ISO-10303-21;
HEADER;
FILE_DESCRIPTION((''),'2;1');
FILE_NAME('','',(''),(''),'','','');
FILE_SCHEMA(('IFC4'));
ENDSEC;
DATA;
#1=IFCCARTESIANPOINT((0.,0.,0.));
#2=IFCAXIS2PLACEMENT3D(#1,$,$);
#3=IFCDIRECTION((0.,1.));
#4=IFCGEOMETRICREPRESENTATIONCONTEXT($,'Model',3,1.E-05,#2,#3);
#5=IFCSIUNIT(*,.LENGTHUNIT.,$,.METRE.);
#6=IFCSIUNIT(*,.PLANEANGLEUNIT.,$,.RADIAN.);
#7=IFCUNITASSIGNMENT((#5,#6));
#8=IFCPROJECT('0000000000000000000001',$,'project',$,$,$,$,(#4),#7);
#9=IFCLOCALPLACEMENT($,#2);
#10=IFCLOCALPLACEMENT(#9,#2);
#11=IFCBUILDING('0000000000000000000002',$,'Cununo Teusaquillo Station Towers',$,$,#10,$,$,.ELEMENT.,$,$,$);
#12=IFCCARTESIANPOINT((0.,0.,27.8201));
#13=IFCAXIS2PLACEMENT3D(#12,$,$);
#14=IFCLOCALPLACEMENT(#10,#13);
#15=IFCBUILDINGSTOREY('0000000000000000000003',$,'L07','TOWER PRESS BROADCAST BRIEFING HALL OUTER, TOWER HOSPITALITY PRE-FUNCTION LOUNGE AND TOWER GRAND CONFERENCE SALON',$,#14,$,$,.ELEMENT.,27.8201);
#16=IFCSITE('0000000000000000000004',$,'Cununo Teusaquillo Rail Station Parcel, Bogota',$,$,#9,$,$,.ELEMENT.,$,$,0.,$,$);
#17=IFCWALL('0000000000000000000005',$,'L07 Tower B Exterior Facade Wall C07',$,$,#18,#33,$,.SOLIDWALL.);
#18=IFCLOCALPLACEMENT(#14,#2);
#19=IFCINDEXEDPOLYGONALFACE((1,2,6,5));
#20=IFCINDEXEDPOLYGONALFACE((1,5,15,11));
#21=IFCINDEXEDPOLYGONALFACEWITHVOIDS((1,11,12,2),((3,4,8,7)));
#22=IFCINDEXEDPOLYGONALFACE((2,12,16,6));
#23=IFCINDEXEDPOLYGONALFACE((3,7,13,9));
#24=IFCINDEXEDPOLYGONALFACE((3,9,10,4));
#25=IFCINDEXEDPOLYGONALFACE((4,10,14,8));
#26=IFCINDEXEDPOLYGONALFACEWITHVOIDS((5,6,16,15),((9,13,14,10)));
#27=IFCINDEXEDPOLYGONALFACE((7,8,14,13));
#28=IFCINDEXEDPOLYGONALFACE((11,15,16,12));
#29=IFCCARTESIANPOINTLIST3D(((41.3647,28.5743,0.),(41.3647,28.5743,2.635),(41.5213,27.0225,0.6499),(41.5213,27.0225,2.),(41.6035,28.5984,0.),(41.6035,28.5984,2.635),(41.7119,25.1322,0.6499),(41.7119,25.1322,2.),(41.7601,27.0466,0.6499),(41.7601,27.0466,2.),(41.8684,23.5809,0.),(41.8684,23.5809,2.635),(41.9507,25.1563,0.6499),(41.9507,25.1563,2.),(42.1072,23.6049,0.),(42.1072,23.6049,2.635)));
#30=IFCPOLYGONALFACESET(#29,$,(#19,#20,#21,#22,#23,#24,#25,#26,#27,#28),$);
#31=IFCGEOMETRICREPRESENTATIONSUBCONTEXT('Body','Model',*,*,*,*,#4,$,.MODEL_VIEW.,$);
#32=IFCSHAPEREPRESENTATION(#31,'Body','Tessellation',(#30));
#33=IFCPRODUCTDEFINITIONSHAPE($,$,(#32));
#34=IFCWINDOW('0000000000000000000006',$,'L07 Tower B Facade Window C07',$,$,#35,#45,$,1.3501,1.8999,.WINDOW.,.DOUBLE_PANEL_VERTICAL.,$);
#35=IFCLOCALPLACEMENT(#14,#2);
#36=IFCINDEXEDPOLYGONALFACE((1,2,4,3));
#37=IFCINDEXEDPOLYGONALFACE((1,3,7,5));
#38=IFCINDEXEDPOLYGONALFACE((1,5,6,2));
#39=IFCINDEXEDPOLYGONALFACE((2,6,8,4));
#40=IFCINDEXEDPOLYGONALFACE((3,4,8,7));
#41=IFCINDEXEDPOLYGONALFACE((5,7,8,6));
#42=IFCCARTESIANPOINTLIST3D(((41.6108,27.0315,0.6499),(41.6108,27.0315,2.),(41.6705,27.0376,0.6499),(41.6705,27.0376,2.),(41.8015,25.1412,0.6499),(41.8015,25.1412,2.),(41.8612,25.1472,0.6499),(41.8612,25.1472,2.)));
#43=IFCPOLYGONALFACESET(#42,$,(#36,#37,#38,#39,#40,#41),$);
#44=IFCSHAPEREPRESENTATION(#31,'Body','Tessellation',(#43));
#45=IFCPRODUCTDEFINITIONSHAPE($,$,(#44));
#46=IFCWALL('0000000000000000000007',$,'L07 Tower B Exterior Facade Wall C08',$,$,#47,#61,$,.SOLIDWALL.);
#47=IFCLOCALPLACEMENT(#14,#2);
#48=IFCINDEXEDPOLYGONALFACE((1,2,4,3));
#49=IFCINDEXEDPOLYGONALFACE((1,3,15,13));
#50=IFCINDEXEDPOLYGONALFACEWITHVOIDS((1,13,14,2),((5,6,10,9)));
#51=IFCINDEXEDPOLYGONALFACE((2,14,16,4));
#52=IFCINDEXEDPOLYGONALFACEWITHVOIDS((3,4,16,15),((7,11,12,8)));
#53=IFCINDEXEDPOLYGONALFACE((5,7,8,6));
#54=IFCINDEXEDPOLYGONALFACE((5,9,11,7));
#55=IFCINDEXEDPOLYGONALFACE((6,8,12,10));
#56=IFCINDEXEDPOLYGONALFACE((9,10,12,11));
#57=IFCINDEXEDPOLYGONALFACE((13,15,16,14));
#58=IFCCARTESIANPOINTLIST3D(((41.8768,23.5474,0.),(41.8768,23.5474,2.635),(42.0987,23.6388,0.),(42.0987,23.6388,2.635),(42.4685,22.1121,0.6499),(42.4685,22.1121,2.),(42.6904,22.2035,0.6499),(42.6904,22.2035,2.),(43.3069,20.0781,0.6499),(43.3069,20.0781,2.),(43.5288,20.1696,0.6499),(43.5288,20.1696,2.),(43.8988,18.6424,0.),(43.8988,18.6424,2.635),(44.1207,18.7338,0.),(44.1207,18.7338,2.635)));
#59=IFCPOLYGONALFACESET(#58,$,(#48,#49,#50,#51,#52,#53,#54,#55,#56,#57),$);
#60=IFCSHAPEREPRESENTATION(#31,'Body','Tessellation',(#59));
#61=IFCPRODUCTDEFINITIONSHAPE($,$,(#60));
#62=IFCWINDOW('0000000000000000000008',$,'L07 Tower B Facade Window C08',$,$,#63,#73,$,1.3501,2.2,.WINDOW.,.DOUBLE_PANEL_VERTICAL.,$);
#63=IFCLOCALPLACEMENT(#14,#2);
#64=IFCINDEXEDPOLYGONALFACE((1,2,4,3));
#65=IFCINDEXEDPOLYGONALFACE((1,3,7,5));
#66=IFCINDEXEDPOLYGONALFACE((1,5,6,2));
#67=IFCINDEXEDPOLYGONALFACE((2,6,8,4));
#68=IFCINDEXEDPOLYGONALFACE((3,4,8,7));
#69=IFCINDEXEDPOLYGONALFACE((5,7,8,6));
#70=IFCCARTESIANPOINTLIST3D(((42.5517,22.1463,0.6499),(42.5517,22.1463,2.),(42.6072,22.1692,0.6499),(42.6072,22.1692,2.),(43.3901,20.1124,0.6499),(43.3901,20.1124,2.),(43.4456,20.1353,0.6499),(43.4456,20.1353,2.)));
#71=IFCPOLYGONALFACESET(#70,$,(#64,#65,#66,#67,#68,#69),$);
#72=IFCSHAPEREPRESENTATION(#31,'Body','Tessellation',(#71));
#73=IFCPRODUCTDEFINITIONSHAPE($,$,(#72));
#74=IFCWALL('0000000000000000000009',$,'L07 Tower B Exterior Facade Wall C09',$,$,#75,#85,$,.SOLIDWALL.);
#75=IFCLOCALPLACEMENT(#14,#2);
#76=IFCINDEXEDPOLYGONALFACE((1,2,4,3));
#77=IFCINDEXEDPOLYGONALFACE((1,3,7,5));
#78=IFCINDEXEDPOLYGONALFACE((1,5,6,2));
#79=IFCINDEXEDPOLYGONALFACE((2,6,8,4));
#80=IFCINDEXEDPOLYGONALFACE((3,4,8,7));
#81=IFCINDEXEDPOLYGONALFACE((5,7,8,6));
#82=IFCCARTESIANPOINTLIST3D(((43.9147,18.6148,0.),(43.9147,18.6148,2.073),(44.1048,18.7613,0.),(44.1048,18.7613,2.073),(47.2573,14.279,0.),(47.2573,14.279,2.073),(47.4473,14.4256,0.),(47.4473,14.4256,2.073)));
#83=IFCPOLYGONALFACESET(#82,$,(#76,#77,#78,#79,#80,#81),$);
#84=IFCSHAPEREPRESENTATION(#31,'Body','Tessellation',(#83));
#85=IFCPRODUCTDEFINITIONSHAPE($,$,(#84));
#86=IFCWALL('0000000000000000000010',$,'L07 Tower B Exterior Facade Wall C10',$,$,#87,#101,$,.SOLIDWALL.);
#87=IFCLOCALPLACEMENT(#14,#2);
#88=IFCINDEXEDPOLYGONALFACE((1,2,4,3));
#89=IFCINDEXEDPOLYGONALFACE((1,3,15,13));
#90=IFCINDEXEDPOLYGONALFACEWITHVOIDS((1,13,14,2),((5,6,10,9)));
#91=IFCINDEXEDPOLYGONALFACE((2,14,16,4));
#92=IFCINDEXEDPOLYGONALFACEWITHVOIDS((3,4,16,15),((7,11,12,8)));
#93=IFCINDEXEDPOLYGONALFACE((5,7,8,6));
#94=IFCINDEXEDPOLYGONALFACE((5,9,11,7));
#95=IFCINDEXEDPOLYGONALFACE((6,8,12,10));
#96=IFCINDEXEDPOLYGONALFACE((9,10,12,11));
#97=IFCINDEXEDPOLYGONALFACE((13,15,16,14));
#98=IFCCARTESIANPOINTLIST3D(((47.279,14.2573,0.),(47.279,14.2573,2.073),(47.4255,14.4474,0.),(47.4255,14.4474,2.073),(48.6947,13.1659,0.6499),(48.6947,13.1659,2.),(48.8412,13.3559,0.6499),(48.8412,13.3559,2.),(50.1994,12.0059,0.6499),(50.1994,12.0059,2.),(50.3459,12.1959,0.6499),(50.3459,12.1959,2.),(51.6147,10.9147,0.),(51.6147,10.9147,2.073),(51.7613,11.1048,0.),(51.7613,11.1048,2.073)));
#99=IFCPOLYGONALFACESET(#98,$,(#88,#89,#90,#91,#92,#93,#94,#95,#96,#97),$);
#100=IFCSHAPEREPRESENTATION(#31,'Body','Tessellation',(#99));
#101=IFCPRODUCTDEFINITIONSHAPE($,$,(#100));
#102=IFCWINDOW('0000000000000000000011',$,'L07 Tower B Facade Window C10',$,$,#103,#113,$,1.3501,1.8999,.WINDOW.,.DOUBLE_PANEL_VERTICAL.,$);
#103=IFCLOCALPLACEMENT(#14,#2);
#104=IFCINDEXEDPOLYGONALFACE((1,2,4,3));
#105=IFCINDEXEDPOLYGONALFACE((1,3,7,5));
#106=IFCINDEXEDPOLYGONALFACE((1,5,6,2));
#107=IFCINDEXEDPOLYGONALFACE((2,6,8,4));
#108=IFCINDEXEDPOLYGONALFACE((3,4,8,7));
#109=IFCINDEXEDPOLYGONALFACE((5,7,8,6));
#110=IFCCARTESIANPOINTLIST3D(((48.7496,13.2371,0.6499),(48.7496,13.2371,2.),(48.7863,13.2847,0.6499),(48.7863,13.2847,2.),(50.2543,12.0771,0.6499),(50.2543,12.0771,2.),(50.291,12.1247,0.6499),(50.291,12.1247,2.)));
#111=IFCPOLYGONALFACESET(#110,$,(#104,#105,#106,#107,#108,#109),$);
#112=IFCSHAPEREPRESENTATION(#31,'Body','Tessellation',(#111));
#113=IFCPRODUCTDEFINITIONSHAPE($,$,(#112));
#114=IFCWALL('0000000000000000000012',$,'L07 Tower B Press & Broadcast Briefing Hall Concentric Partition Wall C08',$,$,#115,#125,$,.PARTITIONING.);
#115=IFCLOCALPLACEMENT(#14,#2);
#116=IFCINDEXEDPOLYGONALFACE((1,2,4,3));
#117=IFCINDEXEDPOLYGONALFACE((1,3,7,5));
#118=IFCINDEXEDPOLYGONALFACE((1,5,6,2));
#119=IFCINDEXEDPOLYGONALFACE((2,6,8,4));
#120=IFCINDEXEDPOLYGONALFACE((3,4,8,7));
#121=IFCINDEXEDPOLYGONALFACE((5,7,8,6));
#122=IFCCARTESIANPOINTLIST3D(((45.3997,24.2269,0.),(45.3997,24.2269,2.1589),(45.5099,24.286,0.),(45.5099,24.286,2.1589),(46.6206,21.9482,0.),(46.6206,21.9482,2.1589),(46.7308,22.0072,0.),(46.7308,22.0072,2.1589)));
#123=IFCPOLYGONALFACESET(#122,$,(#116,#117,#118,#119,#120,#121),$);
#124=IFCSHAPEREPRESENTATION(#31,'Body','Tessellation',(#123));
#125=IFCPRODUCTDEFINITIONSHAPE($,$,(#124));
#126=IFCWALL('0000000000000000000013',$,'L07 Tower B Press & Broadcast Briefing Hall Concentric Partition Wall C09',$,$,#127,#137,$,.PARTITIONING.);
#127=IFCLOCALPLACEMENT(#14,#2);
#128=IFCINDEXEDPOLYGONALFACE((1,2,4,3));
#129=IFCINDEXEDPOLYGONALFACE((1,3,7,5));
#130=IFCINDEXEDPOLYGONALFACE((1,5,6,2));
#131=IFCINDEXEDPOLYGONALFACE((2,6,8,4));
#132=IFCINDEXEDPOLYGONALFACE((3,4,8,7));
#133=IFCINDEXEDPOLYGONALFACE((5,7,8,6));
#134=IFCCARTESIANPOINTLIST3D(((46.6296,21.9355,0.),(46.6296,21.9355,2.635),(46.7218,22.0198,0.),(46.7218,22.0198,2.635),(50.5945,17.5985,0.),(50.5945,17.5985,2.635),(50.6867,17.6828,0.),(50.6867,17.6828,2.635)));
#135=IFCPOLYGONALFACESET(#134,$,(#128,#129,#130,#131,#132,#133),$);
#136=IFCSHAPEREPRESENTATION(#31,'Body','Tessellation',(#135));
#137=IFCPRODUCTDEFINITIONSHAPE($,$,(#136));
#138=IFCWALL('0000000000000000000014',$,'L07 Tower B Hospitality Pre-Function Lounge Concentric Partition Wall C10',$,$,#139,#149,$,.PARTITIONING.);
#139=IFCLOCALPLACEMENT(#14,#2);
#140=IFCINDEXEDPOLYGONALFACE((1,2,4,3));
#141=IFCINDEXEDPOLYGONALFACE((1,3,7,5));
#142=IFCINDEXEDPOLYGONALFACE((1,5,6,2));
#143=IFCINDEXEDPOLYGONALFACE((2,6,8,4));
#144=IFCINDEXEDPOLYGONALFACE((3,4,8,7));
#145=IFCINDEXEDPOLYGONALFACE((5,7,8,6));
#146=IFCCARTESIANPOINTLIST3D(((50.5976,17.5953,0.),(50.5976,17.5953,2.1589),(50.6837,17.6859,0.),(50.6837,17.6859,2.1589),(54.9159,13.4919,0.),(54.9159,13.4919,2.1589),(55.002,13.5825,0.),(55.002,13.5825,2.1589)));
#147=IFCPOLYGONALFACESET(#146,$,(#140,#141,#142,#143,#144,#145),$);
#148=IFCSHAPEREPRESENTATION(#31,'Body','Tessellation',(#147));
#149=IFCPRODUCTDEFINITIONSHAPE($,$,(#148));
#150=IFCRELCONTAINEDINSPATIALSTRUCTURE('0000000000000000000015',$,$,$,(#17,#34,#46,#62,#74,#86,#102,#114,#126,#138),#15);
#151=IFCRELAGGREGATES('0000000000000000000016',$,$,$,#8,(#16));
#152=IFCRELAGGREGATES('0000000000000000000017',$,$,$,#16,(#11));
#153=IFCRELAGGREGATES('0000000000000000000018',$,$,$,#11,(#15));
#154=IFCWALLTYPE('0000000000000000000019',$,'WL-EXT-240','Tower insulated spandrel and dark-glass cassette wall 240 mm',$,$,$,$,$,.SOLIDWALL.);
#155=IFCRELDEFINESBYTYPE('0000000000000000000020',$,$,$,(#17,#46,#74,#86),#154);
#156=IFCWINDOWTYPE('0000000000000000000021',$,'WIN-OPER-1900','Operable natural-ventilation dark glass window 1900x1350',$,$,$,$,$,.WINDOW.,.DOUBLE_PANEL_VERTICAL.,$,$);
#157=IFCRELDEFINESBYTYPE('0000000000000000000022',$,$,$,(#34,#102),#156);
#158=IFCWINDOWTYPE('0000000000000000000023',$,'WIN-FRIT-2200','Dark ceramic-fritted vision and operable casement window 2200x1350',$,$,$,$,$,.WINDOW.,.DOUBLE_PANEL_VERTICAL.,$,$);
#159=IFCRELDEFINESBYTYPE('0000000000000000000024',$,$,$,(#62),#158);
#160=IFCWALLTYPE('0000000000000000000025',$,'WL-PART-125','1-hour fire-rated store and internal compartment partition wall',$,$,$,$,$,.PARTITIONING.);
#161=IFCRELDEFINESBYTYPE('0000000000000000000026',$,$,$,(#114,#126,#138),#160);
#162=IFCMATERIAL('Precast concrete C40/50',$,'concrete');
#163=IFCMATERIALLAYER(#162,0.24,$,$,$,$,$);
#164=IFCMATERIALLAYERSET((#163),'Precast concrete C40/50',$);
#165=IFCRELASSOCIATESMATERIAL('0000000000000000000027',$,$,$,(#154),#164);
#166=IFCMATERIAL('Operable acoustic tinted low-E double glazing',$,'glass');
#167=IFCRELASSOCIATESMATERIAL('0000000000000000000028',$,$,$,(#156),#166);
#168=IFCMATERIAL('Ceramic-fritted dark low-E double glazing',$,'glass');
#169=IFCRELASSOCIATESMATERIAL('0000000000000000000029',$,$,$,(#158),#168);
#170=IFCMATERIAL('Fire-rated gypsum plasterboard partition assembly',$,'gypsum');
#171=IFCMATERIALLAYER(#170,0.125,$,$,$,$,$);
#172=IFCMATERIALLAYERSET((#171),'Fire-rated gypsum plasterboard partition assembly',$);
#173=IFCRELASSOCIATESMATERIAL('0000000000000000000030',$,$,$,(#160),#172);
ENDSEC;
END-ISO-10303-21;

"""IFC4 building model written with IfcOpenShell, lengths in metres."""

from ifc_helpers import new_model, si_unit, direction, frame, frame_2d, origin, place, context, subcontext, project, spatial, rectangle, extrude, source, transform, mapped, material, layer, layer_set, type_object, element, fill, save


model = new_model("IFC4")

# Units and contexts
model_context = context("Model", 3, precision=1e-05, world=origin(), true_north=direction((0.0, 1.0)))
body_context = subcontext(model_context, "Body", "Model", "MODEL_VIEW")
ifc_project = project(units=[si_unit("LENGTHUNIT", "METRE"), si_unit("PLANEANGLEUNIT", "RADIAN")], contexts=[model_context])

# Site, building, storey
site_placement = place(None, origin())
site = spatial("IfcSite", under=ifc_project, at=site_placement, Name="Cununo Teusaquillo Rail Station Parcel, Bogota", CompositionType="ELEMENT", RefElevation=0.0)
building_placement = place(site_placement, origin())
building = spatial("IfcBuilding", under=site, at=building_placement, Name="Cununo Teusaquillo Station Towers", CompositionType="ELEMENT")
storey_placement = place(building_placement, frame((0.0, 0.0, 27.8201)))
storey = spatial("IfcBuildingStorey", under=building, at=storey_placement, Name="L07", Description="TOWER PRESS BROADCAST BRIEFING HALL OUTER, TOWER HOSPITALITY PRE-FUNCTION LOUNGE AND TOWER GRAND CONFERENCE SALON", CompositionType="ELEMENT", Elevation=27.8201)

# Shared definitions
ifc_material_1 = material(Name="Precast concrete C40/50", Category="concrete")
ifc_layer_1 = layer(ifc_material_1, 0.24)
ifc_layer_set_1 = layer_set([ifc_layer_1], Name="Precast concrete C40/50")
wall_type_1 = type_object("IfcWallType", Name="WL-EXT-240", Description="Tower insulated spandrel and dark-glass cassette wall 240 mm", PredefinedType="SOLIDWALL", material=ifc_layer_set_1)

# Walls, openings, windows
shared_shape_1 = source(origin(), body_context, "Body", "SweptSolid", [
    extrude(rectangle(XDim=1.8999, YDim=1.3501, at=frame_2d((0.95, 0.675))), frame((0.0, 0.1299, 0.0), z_axis=(0.0, -1.0, 0.0), x_axis=(1.0, 0.0, 0.0)), (0.0, 0.0, 1.0), 0.26),
])
ifc_material_2 = material(Name="Operable acoustic tinted low-E double glazing", Category="glass")
window_type_1 = type_object("IfcWindowType", Name="WIN-OPER-1900", Description="Operable natural-ventilation dark glass window 1900x1350", PartitioningType="DOUBLE_PANEL_VERTICAL", PredefinedType="WINDOW", material=ifc_material_2)
shared_shape_2 = source(origin(), body_context, "Body", "SweptSolid", [
    extrude(rectangle(XDim=1.8999, YDim=1.3501, at=frame_2d((0.95, 0.675))), frame((0.0, 0.03, 0.0), z_axis=(0.0, -1.0, 0.0), x_axis=(1.0, 0.0, 0.0)), (0.0, 0.0, 1.0), 0.0601),
])
wall_1_placement = place(storey_placement, frame((41.9878, 23.593, 0.0), z_axis=(0.0, 0.0, 1.0), x_axis=(-0.100356, 0.994952, 0.0)))
wall_1 = element("IfcWall", 1, at=wall_1_placement, inside=storey, type_object=wall_type_1, Name="L07 Tower B Exterior Facade Wall C07", PredefinedType="SOLIDWALL", context=body_context, shape_type="SweptSolid", body=[
    extrude(rectangle(XDim=5.0188, YDim=0.24, at=frame_2d((2.5093, 0.0))), origin(), (0.0, 0.0, 1.0), 2.635),
])
opening_1_placement = place(wall_1_placement, frame((1.5591, 0.0, 0.6499)))
opening_1 = element("IfcOpeningElement", 2, at=opening_1_placement, cuts=wall_1, PredefinedType="OPENING", context=body_context, shape_type="MappedRepresentation", body=[
    mapped(shared_shape_1, transform((0.0, 0.0, 0.0), x_axis=(1.0, 0.0, 0.0), y_axis=(0.0, 1.0, 0.0), z_axis=(0.0, 0.0, 1.0), scale=1.0)),
])
window_1_placement = place(opening_1_placement, origin())
window_1 = element("IfcWindow", 3, at=window_1_placement, inside=storey, type_object=window_type_1, Name="L07 Tower B Facade Window C07", OverallHeight=1.3501, OverallWidth=1.8999, PartitioningType="DOUBLE_PANEL_VERTICAL", PredefinedType="WINDOW", context=body_context, shape_type="MappedRepresentation", body=[
    mapped(shared_shape_2, transform((0.0, 0.0, 0.0), x_axis=(1.0, 0.0, 0.0), y_axis=(0.0, 1.0, 0.0), z_axis=(0.0, 0.0, 1.0), scale=1.0)),
])
fill(opening_1, window_1)
wall_2_placement = place(storey_placement, frame((44.0098, 18.688, 0.0), z_axis=(0.0, 0.0, 1.0), x_axis=(-0.381113, 0.924528, 0.0)))
wall_2 = element("IfcWall", 4, at=wall_2_placement, inside=storey, type_object=wall_type_1, Name="L07 Tower B Exterior Facade Wall C08", PredefinedType="SOLIDWALL", context=body_context, shape_type="SweptSolid", body=[
    extrude(rectangle(XDim=5.3054, YDim=0.24, at=frame_2d((2.6528, 0.0))), origin(), (0.0, 0.0, 1.0), 2.635),
])
shared_shape_3 = source(origin(), body_context, "Body", "SweptSolid", [
    extrude(rectangle(XDim=2.2, YDim=1.3501, at=frame_2d((1.1001, 0.675))), frame((0.0, 0.1299, 0.0), z_axis=(0.0, -1.0, 0.0), x_axis=(1.0, 0.0, 0.0)), (0.0, 0.0, 1.0), 0.26),
])
opening_2_placement = place(wall_2_placement, frame((1.553, 0.0, 0.6499)))
opening_2 = element("IfcOpeningElement", 5, at=opening_2_placement, cuts=wall_2, PredefinedType="OPENING", context=body_context, shape_type="MappedRepresentation", body=[
    mapped(shared_shape_3, transform((0.0, 0.0, 0.0), x_axis=(1.0, 0.0, 0.0), y_axis=(0.0, 1.0, 0.0), z_axis=(0.0, 0.0, 1.0), scale=1.0)),
])
ifc_material_3 = material(Name="Ceramic-fritted dark low-E double glazing", Category="glass")
window_type_2 = type_object("IfcWindowType", Name="WIN-FRIT-2200", Description="Dark ceramic-fritted vision and operable casement window 2200x1350", PartitioningType="DOUBLE_PANEL_VERTICAL", PredefinedType="WINDOW", material=ifc_material_3)
shared_shape_4 = source(origin(), body_context, "Body", "SweptSolid", [
    extrude(rectangle(XDim=2.2, YDim=1.3501, at=frame_2d((1.1001, 0.675))), frame((0.0, 0.03, 0.0), z_axis=(0.0, -1.0, 0.0), x_axis=(1.0, 0.0, 0.0)), (0.0, 0.0, 1.0), 0.0601),
])
window_2_placement = place(opening_2_placement, origin())
window_2 = element("IfcWindow", 6, at=window_2_placement, inside=storey, type_object=window_type_2, Name="L07 Tower B Facade Window C08", OverallHeight=1.3501, OverallWidth=2.2, PartitioningType="DOUBLE_PANEL_VERTICAL", PredefinedType="WINDOW", context=body_context, shape_type="MappedRepresentation", body=[
    mapped(shared_shape_4, transform((0.0, 0.0, 0.0), x_axis=(1.0, 0.0, 0.0), y_axis=(0.0, 1.0, 0.0), z_axis=(0.0, 0.0, 1.0), scale=1.0)),
])
fill(opening_2, window_2)

# Wall
wall_3_placement = place(storey_placement, frame((47.3523, 14.3523, 0.0), z_axis=(0.0, 0.0, 1.0), x_axis=(-0.610557, 0.791972, 0.0)))
element("IfcWall", 7, at=wall_3_placement, inside=storey, type_object=wall_type_1, Name="L07 Tower B Exterior Facade Wall C09", PredefinedType="SOLIDWALL", context=body_context, shape_type="SweptSolid", body=[
    extrude(rectangle(XDim=5.4746, YDim=0.24, at=frame_2d((2.7373, 0.0))), origin(), (0.0, 0.0, 1.0), 2.073),
])

# Wall, opening, window
wall_4_placement = place(storey_placement, frame((51.688, 11.0098, 0.0), z_axis=(0.0, 0.0, 1.0), x_axis=(-0.791972, 0.610557, 0.0)))
wall_4 = element("IfcWall", 8, at=wall_4_placement, inside=storey, type_object=wall_type_1, Name="L07 Tower B Exterior Facade Wall C10", PredefinedType="SOLIDWALL", context=body_context, shape_type="SweptSolid", body=[
    extrude(rectangle(XDim=5.4746, YDim=0.24, at=frame_2d((2.7373, 0.0))), origin(), (0.0, 0.0, 1.0), 2.073),
])
opening_3_placement = place(wall_4_placement, frame((1.7871, 0.0, 0.6499)))
opening_3 = element("IfcOpeningElement", 9, at=opening_3_placement, cuts=wall_4, PredefinedType="OPENING", context=body_context, shape_type="MappedRepresentation", body=[
    mapped(shared_shape_1, transform((0.0, 0.0, 0.0), x_axis=(1.0, 0.0, 0.0), y_axis=(0.0, 1.0, 0.0), z_axis=(0.0, 0.0, 1.0), scale=1.0)),
])
window_3_placement = place(opening_3_placement, origin())
window_3 = element("IfcWindow", 10, at=window_3_placement, inside=storey, type_object=window_type_1, Name="L07 Tower B Facade Window C10", OverallHeight=1.3501, OverallWidth=1.8999, PartitioningType="DOUBLE_PANEL_VERTICAL", PredefinedType="WINDOW", context=body_context, shape_type="MappedRepresentation", body=[
    mapped(shared_shape_2, transform((0.0, 0.0, 0.0), x_axis=(1.0, 0.0, 0.0), y_axis=(0.0, 1.0, 0.0), z_axis=(0.0, 0.0, 1.0), scale=1.0)),
])
fill(opening_3, window_3)

# Walls
ifc_material_4 = material(Name="Fire-rated gypsum plasterboard partition assembly", Category="gypsum")
ifc_layer_2 = layer(ifc_material_4, 0.125)
ifc_layer_set_2 = layer_set([ifc_layer_2], Name="Fire-rated gypsum plasterboard partition assembly")
wall_type_2 = type_object("IfcWallType", Name="WL-PART-125", Description="1-hour fire-rated store and internal compartment partition wall", PredefinedType="PARTITIONING", material=ifc_layer_set_2)
wall_5_placement = place(storey_placement, frame((45.4548, 24.2563, 0.0), z_axis=(0.0, 0.0, 1.0), x_axis=(0.472269, -0.881455, 0.0)))
element("IfcWall", 11, at=wall_5_placement, inside=storey, type_object=wall_type_2, Name="L07 Tower B Press & Broadcast Briefing Hall Concentric Partition Wall C08", PredefinedType="PARTITIONING", context=body_context, shape_type="SweptSolid", body=[
    extrude(rectangle(XDim=2.5852, YDim=0.125, at=frame_2d((1.2925, 0.0))), origin(), (0.0, 0.0, 1.0), 2.1589),
])
wall_6_placement = place(storey_placement, frame((46.6758, 21.9775, 0.0), z_axis=(0.0, 0.0, 1.0), x_axis=(0.674738, -0.738057, 0.0)))
element("IfcWall", 12, at=wall_6_placement, inside=storey, type_object=wall_type_2, Name="L07 Tower B Press & Broadcast Briefing Hall Concentric Partition Wall C09", PredefinedType="PARTITIONING", context=body_context, shape_type="SweptSolid", body=[
    extrude(rectangle(XDim=5.8762, YDim=0.125, at=frame_2d((2.938, 0.0))), origin(), (0.0, 0.0, 1.0), 2.635),
])
wall_7_placement = place(storey_placement, frame((50.6406, 17.6406, 0.0), z_axis=(0.0, 0.0, 1.0), x_axis=(0.724909, -0.688844, 0.0)))
element("IfcWall", 13, at=wall_7_placement, inside=storey, type_object=wall_type_2, Name="L07 Tower B Hospitality Pre-Function Lounge Concentric Partition Wall C10", PredefinedType="PARTITIONING", context=body_context, shape_type="SweptSolid", body=[
    extrude(rectangle(XDim=5.957, YDim=0.125, at=frame_2d((2.9785, 0.0))), origin(), (0.0, 0.0, 1.0), 2.1589),
])

save(model, "model.ifc")
